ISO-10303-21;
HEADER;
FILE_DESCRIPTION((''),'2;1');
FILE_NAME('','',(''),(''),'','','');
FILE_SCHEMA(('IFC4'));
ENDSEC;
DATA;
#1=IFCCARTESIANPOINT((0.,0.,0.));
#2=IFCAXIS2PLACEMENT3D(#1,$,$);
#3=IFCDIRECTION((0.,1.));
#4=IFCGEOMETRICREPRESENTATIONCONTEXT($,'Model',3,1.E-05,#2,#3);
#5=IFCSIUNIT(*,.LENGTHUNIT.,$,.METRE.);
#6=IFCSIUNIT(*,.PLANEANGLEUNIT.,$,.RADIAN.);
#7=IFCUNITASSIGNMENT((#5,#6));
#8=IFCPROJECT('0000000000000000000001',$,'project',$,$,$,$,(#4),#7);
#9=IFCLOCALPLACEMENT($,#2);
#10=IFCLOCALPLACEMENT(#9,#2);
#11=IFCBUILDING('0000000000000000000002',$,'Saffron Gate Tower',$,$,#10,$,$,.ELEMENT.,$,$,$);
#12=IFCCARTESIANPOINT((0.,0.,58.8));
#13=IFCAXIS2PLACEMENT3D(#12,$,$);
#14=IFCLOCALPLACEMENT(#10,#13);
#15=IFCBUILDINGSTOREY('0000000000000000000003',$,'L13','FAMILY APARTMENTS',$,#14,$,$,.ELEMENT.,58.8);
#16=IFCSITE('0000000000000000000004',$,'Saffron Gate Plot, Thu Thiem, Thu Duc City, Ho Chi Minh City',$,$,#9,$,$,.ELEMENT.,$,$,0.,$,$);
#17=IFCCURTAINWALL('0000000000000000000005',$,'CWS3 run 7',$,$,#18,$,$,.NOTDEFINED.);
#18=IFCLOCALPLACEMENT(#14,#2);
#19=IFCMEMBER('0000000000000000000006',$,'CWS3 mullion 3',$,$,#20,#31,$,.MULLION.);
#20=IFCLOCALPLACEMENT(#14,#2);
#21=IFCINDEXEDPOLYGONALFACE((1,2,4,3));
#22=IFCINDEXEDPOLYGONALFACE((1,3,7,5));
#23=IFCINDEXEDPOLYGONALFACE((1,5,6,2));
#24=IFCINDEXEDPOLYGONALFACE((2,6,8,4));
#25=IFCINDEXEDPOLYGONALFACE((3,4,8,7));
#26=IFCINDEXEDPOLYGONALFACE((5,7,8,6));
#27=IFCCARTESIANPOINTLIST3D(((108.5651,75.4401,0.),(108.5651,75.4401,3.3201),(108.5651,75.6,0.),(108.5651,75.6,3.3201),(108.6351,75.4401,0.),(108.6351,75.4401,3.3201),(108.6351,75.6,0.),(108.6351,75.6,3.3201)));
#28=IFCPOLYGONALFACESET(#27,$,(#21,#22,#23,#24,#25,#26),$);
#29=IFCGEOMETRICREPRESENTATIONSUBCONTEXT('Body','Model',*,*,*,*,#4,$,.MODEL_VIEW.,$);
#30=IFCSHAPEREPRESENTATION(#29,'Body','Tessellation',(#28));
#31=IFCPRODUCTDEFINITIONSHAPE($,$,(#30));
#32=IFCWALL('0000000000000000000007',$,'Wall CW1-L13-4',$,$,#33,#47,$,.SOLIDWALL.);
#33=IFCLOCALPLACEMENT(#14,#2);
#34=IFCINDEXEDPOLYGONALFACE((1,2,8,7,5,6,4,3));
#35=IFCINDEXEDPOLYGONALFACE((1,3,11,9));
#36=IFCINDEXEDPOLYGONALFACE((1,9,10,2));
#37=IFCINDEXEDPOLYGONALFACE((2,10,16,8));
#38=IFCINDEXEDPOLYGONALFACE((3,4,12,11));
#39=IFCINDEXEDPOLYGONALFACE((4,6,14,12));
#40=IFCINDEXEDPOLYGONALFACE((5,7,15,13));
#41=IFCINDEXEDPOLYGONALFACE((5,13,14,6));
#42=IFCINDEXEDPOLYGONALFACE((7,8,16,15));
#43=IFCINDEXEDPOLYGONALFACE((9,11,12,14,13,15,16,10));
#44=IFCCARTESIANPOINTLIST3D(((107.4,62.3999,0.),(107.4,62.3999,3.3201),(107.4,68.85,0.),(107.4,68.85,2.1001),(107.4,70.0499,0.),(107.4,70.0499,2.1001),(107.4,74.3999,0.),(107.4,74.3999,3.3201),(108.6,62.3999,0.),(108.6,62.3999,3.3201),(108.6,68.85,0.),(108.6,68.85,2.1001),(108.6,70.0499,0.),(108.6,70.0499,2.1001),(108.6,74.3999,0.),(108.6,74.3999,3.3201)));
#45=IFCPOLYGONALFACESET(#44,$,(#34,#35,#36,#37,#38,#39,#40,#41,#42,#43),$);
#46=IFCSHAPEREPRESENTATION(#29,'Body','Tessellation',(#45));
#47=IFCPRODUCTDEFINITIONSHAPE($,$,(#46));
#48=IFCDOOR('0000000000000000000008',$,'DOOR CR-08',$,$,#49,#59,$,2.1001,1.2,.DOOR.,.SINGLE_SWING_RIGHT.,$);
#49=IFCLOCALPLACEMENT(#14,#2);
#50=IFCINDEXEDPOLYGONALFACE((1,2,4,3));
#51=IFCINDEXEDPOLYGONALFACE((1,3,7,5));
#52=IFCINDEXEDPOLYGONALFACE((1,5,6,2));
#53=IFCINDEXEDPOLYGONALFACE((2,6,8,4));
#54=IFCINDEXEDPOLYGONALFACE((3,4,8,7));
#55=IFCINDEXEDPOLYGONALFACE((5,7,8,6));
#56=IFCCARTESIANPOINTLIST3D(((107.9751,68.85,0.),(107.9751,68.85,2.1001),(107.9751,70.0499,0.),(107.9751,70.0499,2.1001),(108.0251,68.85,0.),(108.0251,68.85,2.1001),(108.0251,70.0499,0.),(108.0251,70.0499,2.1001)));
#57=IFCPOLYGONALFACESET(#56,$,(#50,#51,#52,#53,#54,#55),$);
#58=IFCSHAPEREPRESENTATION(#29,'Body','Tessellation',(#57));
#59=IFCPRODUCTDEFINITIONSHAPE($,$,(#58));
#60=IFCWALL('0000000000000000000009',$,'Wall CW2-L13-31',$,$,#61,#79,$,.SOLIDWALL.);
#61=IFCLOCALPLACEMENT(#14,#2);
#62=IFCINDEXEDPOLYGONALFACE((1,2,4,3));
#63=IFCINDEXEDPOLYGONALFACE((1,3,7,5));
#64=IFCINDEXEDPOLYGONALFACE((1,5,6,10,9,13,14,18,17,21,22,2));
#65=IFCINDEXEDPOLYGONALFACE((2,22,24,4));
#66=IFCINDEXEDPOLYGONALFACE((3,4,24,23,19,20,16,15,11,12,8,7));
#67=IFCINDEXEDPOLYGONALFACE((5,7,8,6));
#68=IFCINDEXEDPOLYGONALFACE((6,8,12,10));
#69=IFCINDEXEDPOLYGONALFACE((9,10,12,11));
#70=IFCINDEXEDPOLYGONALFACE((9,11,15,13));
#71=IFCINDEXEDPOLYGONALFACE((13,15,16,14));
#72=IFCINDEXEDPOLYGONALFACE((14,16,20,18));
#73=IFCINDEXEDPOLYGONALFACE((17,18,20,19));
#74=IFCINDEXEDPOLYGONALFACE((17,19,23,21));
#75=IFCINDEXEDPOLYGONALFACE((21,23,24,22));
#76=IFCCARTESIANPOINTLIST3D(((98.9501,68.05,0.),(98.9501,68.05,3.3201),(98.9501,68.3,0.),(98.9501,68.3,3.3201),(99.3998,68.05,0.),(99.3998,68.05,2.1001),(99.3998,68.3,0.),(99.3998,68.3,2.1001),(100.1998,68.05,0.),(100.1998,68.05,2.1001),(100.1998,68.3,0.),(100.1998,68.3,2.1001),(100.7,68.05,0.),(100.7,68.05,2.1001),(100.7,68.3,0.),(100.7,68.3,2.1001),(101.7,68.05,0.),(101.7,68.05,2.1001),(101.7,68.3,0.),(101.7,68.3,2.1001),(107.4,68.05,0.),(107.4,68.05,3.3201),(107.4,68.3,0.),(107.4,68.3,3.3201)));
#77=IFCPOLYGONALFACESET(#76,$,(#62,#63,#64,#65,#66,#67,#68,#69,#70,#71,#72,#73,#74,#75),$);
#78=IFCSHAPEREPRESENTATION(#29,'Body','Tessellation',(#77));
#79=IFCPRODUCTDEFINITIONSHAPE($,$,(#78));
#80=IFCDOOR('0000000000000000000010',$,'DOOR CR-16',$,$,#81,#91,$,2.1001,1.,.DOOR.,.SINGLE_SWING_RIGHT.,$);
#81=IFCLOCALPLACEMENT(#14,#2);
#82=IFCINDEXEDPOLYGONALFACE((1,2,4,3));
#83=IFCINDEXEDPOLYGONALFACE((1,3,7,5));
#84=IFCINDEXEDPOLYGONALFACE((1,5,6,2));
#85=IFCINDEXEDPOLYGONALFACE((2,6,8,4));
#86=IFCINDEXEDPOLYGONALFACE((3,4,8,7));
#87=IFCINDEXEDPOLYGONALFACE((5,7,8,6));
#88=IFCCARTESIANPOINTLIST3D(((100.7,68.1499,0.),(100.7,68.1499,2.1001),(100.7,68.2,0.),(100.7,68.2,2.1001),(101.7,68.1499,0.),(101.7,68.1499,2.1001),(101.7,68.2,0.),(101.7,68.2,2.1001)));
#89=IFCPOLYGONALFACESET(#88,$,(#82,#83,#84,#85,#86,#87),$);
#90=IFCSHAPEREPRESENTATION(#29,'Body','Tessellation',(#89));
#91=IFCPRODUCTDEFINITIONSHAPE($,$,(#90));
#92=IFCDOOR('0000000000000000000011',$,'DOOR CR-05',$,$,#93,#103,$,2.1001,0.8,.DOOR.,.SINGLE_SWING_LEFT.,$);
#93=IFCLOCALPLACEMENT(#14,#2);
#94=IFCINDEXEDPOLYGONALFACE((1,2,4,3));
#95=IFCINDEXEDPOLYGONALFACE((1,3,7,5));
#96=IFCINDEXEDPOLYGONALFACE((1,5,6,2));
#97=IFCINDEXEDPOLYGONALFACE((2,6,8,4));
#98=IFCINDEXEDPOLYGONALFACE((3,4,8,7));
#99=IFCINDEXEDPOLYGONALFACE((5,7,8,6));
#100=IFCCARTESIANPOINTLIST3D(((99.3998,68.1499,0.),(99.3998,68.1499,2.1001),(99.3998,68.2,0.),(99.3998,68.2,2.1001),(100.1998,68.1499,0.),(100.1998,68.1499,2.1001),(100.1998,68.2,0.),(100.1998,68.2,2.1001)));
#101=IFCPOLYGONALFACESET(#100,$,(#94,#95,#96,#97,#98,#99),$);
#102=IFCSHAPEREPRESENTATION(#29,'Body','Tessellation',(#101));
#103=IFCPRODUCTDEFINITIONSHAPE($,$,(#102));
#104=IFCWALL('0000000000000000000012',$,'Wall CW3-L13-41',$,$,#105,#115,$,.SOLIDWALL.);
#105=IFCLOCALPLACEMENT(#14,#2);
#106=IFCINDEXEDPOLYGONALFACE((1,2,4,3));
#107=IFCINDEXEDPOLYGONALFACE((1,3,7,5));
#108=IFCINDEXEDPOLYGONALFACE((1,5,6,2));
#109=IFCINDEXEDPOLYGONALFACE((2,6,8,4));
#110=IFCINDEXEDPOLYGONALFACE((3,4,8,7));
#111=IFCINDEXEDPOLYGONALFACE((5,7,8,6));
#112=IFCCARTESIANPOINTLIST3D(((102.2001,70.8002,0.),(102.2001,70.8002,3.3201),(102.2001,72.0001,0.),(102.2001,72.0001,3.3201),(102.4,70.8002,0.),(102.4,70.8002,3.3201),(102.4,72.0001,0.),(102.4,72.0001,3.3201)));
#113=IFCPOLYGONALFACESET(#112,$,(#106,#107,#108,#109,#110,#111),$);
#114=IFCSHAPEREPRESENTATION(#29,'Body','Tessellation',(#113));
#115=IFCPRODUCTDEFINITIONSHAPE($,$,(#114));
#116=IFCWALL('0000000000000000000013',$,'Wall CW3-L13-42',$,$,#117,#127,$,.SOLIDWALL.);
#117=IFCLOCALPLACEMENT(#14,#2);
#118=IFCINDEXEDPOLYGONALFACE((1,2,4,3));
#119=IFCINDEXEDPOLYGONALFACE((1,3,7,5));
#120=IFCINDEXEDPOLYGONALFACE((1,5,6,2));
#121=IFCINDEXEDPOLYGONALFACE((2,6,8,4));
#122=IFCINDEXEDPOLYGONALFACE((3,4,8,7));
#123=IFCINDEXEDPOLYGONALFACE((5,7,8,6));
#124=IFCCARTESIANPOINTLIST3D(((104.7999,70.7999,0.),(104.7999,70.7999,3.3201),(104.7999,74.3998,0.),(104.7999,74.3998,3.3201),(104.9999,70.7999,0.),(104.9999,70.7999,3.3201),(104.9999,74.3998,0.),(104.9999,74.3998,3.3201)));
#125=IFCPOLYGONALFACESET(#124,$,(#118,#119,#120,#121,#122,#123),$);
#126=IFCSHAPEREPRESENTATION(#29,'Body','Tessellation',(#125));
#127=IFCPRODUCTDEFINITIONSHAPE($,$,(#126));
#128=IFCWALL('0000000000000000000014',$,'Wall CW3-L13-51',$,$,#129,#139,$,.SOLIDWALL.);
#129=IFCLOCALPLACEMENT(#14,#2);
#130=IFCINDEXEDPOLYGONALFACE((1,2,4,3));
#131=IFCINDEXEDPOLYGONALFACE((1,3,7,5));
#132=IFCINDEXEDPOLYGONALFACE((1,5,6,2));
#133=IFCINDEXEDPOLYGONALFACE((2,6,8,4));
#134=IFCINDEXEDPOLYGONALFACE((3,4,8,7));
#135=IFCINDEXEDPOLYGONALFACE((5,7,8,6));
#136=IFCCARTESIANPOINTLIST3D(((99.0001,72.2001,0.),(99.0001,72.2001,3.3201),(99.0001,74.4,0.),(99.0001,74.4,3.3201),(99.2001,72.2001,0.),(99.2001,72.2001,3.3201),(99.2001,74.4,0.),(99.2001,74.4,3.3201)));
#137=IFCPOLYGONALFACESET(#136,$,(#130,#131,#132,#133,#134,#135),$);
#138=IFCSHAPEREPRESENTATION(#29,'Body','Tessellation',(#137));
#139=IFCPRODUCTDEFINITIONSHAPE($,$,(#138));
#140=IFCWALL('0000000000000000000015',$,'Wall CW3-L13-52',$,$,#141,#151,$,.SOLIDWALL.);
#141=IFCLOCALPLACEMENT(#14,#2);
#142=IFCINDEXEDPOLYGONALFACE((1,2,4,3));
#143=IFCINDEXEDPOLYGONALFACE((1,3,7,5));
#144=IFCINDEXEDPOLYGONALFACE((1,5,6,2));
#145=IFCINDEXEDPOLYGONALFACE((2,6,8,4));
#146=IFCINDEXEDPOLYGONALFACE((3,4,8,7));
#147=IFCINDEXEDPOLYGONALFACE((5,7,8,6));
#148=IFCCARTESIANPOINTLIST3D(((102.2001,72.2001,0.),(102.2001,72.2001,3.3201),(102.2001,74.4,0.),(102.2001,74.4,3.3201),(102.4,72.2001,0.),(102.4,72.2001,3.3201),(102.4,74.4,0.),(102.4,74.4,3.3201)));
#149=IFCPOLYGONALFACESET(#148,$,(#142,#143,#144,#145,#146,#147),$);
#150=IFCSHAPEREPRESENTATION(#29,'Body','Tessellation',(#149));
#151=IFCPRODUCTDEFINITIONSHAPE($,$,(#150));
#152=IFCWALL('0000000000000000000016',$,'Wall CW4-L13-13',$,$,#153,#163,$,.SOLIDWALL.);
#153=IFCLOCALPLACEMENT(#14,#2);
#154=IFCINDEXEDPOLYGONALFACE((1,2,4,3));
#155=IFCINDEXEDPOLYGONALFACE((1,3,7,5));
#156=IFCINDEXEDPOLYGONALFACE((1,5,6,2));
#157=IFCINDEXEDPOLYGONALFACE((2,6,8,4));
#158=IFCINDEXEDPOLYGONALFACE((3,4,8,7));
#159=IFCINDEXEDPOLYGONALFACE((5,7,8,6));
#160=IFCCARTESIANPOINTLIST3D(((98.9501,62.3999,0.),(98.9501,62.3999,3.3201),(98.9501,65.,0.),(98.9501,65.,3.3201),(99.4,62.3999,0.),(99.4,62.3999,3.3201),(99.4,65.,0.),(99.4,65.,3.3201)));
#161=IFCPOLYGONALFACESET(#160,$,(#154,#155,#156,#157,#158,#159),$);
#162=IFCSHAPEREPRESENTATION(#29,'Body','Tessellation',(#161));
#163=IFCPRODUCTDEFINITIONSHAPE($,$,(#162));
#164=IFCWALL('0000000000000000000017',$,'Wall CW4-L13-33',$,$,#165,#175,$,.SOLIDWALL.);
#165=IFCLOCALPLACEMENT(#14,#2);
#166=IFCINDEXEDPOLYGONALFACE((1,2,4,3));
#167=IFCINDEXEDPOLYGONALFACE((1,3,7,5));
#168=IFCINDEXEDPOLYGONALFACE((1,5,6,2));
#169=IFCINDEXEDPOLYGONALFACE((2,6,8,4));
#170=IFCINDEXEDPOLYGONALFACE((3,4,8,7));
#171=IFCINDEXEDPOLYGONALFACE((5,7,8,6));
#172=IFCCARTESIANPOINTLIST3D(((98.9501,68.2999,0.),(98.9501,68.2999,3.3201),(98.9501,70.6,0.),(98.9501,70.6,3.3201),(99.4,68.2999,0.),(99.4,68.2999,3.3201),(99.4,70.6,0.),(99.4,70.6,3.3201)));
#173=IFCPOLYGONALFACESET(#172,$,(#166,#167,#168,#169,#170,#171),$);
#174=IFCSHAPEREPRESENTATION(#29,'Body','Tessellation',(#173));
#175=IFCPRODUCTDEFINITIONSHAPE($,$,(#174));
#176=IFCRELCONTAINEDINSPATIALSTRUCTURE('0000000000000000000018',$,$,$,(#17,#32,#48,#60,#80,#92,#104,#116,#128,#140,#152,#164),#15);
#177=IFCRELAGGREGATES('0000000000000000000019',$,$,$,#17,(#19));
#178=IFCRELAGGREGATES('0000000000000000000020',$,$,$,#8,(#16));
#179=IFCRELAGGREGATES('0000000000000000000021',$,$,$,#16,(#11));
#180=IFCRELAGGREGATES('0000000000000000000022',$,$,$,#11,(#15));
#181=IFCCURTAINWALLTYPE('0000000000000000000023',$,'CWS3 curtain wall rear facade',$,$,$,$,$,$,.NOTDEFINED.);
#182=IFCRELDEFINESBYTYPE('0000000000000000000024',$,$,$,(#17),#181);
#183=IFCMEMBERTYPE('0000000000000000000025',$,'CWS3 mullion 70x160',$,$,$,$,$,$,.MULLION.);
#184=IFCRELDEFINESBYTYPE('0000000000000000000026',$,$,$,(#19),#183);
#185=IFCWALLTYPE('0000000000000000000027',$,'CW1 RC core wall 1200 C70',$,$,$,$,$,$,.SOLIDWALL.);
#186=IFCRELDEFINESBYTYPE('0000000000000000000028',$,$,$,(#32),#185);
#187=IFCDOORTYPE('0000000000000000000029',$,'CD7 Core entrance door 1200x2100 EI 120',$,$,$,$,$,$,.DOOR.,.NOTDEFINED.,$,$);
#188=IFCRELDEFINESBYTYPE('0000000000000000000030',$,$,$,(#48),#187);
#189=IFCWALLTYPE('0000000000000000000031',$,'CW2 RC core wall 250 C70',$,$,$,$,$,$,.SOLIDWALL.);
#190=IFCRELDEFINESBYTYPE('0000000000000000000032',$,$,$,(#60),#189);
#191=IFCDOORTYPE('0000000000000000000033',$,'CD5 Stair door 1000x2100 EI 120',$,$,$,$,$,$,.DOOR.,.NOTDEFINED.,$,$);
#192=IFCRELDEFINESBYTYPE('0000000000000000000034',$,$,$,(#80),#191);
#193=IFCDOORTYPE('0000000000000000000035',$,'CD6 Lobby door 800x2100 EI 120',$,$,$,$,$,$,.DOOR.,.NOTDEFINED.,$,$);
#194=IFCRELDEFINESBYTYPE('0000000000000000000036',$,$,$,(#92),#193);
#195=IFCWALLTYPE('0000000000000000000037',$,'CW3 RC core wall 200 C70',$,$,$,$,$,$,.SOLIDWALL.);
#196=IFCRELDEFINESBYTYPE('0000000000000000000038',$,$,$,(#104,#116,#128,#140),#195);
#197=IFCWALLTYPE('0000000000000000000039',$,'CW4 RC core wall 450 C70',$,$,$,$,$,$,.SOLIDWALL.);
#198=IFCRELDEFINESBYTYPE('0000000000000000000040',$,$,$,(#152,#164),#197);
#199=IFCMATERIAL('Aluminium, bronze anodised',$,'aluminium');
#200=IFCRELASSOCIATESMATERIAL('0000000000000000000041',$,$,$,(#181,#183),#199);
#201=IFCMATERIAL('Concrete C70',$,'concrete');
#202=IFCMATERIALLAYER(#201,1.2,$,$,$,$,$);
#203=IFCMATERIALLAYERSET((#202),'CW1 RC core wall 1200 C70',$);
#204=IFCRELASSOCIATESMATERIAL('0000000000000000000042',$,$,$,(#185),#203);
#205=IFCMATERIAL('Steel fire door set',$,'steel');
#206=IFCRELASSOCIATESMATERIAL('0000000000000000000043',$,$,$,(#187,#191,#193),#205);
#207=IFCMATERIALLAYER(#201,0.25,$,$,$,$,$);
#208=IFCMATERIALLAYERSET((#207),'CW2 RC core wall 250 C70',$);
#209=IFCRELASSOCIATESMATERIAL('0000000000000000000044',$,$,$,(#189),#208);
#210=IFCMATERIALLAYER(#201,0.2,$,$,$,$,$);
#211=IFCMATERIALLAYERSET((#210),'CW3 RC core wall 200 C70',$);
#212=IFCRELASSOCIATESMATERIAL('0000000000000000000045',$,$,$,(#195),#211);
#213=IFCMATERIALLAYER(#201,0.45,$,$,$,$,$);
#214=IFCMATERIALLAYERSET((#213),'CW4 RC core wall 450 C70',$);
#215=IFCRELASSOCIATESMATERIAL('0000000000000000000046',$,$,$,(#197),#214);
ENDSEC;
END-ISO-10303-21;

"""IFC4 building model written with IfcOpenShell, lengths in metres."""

from ifc_helpers import new_model, si_unit, direction, frame, frame_2d, origin, origin_2d, place, context, subcontext, project, spatial, rectangle, extrude, material, layer, layer_set, material_profile, profile_set, type_object, element, fill, aggregate, save


model = new_model("IFC4")

# Units and contexts
model_context = context("Model", 3, precision=1e-05, world=origin(), true_north=direction((0.0, 1.0)))
body_context = subcontext(model_context, "Body", "Model", "MODEL_VIEW")
ifc_project = project(units=[si_unit("LENGTHUNIT", "METRE"), si_unit("PLANEANGLEUNIT", "RADIAN")], contexts=[model_context])

# Site, building, storey
site_placement = place(None, origin())
site = spatial("IfcSite", under=ifc_project, at=site_placement, Name="Saffron Gate Plot, Thu Thiem, Thu Duc City, Ho Chi Minh City", CompositionType="ELEMENT", RefElevation=0.0)
building_placement = place(site_placement, origin())
building = spatial("IfcBuilding", under=site, at=building_placement, Name="Saffron Gate Tower", CompositionType="ELEMENT")
storey_placement = place(building_placement, frame((0.0, 0.0, 58.8)))
storey = spatial("IfcBuildingStorey", under=building, at=storey_placement, Name="L13", Description="FAMILY APARTMENTS", CompositionType="ELEMENT", Elevation=58.8)

# Curtain wall, member
ifc_material_1 = material(Name="Aluminium, bronze anodised", Category="aluminium")
curtain_wall_type = type_object("IfcCurtainWallType", Name="CWS3 curtain wall rear facade", PredefinedType="NOTDEFINED", material=ifc_material_1)
curtain_wall_placement = place(storey_placement, origin())
curtain_wall = element("IfcCurtainWall", 1, at=curtain_wall_placement, inside=storey, type_object=curtain_wall_type, Name="CWS3 run 7", PredefinedType="NOTDEFINED")
ifc_material_profile = material_profile(ifc_material_1, rectangle(XDim=0.1599, YDim=0.0701, at=origin_2d()))
ifc_profile_set = profile_set([ifc_material_profile], Name="Aluminium, bronze anodised")
member_type = type_object("IfcMemberType", Name="CWS3 mullion 70x160", PredefinedType="MULLION", material=ifc_profile_set)
member_placement = place(storey_placement, frame((108.6001, 75.52, 0.0), z_axis=(0.0, 0.0, 1.0), x_axis=(0.0, -1.0, 0.0)))
member = element("IfcMember", 2, at=member_placement, type_object=member_type, Name="CWS3 mullion 3", PredefinedType="MULLION", context=body_context, shape_type="SweptSolid", body=[
    extrude(rectangle(XDim=0.1599, YDim=0.0701, at=origin_2d()), origin(), (0.0, 0.0, 1.0), 3.3201),
])
aggregate(curtain_wall, [member])

# Wall, opening, door
ifc_material_2 = material(Name="Concrete C70", Category="concrete")
ifc_layer_1 = layer(ifc_material_2, 1.2)
ifc_layer_set_1 = layer_set([ifc_layer_1], Name="CW1 RC core wall 1200 C70")
wall_type_1 = type_object("IfcWallType", Name="CW1 RC core wall 1200 C70", PredefinedType="SOLIDWALL", material=ifc_layer_set_1)
wall_1_placement = place(storey_placement, frame((108.0, 62.3999, 0.0), z_axis=(0.0, 0.0, 1.0), x_axis=(0.0, 1.0, 0.0)))
wall_1 = element("IfcWall", 3, at=wall_1_placement, inside=storey, type_object=wall_type_1, Name="Wall CW1-L13-4", PredefinedType="SOLIDWALL", context=body_context, shape_type="SweptSolid", body=[
    extrude(rectangle(XDim=12.0, YDim=1.2, at=frame_2d((6.0, 0.0))), origin(), (0.0, 0.0, 1.0), 3.3201),
])
opening_1_placement = place(wall_1_placement, frame((6.45, 0.0, 0.0)))
opening_1 = element("IfcOpeningElement", 4, at=opening_1_placement, cuts=wall_1, PredefinedType="OPENING", context=body_context, shape_type="SweptSolid", body=[
    extrude(rectangle(XDim=1.2, YDim=2.1001, at=frame_2d((0.6001, 1.05))), frame((0.0, 0.6099, 0.0), z_axis=(0.0, -1.0, 0.0), x_axis=(1.0, 0.0, 0.0)), (0.0, 0.0, 1.0), 1.22),
])
ifc_material_3 = material(Name="Steel fire door set", Category="steel")
door_type_1 = type_object("IfcDoorType", Name="CD7 Core entrance door 1200x2100 EI 120", OperationType="NOTDEFINED", PredefinedType="DOOR", material=ifc_material_3)
door_1_placement = place(opening_1_placement, origin())
door_1 = element("IfcDoor", 5, at=door_1_placement, inside=storey, type_object=door_type_1, Name="DOOR CR-08", OperationType="SINGLE_SWING_RIGHT", OverallHeight=2.1001, OverallWidth=1.2, PredefinedType="DOOR", context=body_context, shape_type="SweptSolid", body=[
    extrude(rectangle(XDim=1.2, YDim=2.1001, at=frame_2d((0.6001, 1.05))), frame((0.0, 0.0249, 0.0), z_axis=(0.0, -1.0, 0.0), x_axis=(1.0, 0.0, 0.0)), (0.0, 0.0, 1.0), 0.05),
])
fill(opening_1, door_1)

# Wall, openings, doors
ifc_layer_2 = layer(ifc_material_2, 0.25)
ifc_layer_set_2 = layer_set([ifc_layer_2], Name="CW2 RC core wall 250 C70")
wall_type_2 = type_object("IfcWallType", Name="CW2 RC core wall 250 C70", PredefinedType="SOLIDWALL", material=ifc_layer_set_2)
wall_2_placement = place(storey_placement, frame((98.95, 68.175, 0.0), z_axis=(0.0, 0.0, 1.0), x_axis=(1.0, 0.0, 0.0)))
wall_2 = element("IfcWall", 6, at=wall_2_placement, inside=storey, type_object=wall_type_2, Name="Wall CW2-L13-31", PredefinedType="SOLIDWALL", context=body_context, shape_type="SweptSolid", body=[
    extrude(rectangle(XDim=8.45, YDim=0.25, at=frame_2d((4.2251, 0.0))), origin(), (0.0, 0.0, 1.0), 3.3201),
])
opening_2_placement = place(wall_2_placement, frame((0.45, 0.0, 0.0)))
opening_2 = element("IfcOpeningElement", 7, at=opening_2_placement, cuts=wall_2, PredefinedType="OPENING", context=body_context, shape_type="SweptSolid", body=[
    extrude(rectangle(XDim=0.8, YDim=2.1001, at=frame_2d((0.3999, 1.05))), frame((0.0, 0.135, 0.0), z_axis=(0.0, -1.0, 0.0), x_axis=(1.0, 0.0, 0.0)), (0.0, 0.0, 1.0), 0.27),
])
opening_3_placement = place(wall_2_placement, frame((1.75, 0.0, 0.0)))
opening_3 = element("IfcOpeningElement", 8, at=opening_3_placement, cuts=wall_2, PredefinedType="OPENING", context=body_context, shape_type="SweptSolid", body=[
    extrude(rectangle(XDim=1.0, YDim=2.1001, at=frame_2d((0.5, 1.05))), frame((0.0, 0.135, 0.0), z_axis=(0.0, -1.0, 0.0), x_axis=(1.0, 0.0, 0.0)), (0.0, 0.0, 1.0), 0.27),
])
door_type_2 = type_object("IfcDoorType", Name="CD5 Stair door 1000x2100 EI 120", OperationType="NOTDEFINED", PredefinedType="DOOR", material=ifc_material_3)
door_2_placement = place(opening_3_placement, origin())
door_2 = element("IfcDoor", 9, at=door_2_placement, inside=storey, type_object=door_type_2, Name="DOOR CR-16", OperationType="SINGLE_SWING_RIGHT", OverallHeight=2.1001, OverallWidth=1.0, PredefinedType="DOOR", context=body_context, shape_type="SweptSolid", body=[
    extrude(rectangle(XDim=1.0, YDim=2.1001, at=frame_2d((0.5, 1.05))), frame((0.0, 0.0249, 0.0), z_axis=(0.0, -1.0, 0.0), x_axis=(1.0, 0.0, 0.0)), (0.0, 0.0, 1.0), 0.05),
])
fill(opening_3, door_2)
door_type_3 = type_object("IfcDoorType", Name="CD6 Lobby door 800x2100 EI 120", OperationType="NOTDEFINED", PredefinedType="DOOR", material=ifc_material_3)
door_3_placement = place(opening_2_placement, origin())
door_3 = element("IfcDoor", 10, at=door_3_placement, inside=storey, type_object=door_type_3, Name="DOOR CR-05", OperationType="SINGLE_SWING_LEFT", OverallHeight=2.1001, OverallWidth=0.8, PredefinedType="DOOR", context=body_context, shape_type="SweptSolid", body=[
    extrude(rectangle(XDim=0.8, YDim=2.1001, at=frame_2d((0.3999, 1.05))), frame((0.0, 0.0249, 0.0), z_axis=(0.0, -1.0, 0.0), x_axis=(1.0, 0.0, 0.0)), (0.0, 0.0, 1.0), 0.05),
])
fill(opening_2, door_3)

# Walls
ifc_layer_3 = layer(ifc_material_2, 0.2)
ifc_layer_set_3 = layer_set([ifc_layer_3], Name="CW3 RC core wall 200 C70")
wall_type_3 = type_object("IfcWallType", Name="CW3 RC core wall 200 C70", PredefinedType="SOLIDWALL", material=ifc_layer_set_3)
wall_3_placement = place(storey_placement, frame((102.3, 70.8, 0.0), z_axis=(0.0, 0.0, 1.0), x_axis=(0.0, 1.0, 0.0)))
element("IfcWall", 11, at=wall_3_placement, inside=storey, type_object=wall_type_3, Name="Wall CW3-L13-41", PredefinedType="SOLIDWALL", context=body_context, shape_type="SweptSolid", body=[
    extrude(rectangle(XDim=1.2, YDim=0.2, at=frame_2d((0.6001, 0.0))), origin(), (0.0, 0.0, 1.0), 3.3201),
])
wall_4_placement = place(storey_placement, frame((104.8999, 70.8, 0.0), z_axis=(0.0, 0.0, 1.0), x_axis=(0.0, 1.0, 0.0)))
element("IfcWall", 12, at=wall_4_placement, inside=storey, type_object=wall_type_3, Name="Wall CW3-L13-42", PredefinedType="SOLIDWALL", context=body_context, shape_type="SweptSolid", body=[
    extrude(rectangle(XDim=3.5999, YDim=0.2, at=frame_2d((1.7998, 0.0))), origin(), (0.0, 0.0, 1.0), 3.3201),
])
for number, where, z_axis, x_axis, name in (
    (13, (99.1001, 72.2, 0.0), (0.0, 0.0, 1.0), (0.0, 1.0, 0.0), "Wall CW3-L13-51"),
    (14, (102.3, 72.2, 0.0), (0.0, 0.0, 1.0), (0.0, 1.0, 0.0), "Wall CW3-L13-52"),
):
    element("IfcWall", number, at=place(storey_placement, frame(where, z_axis=z_axis, x_axis=x_axis)), inside=storey, type_object=wall_type_3, Name=name, PredefinedType="SOLIDWALL", context=body_context, shape_type="SweptSolid", body=[
        extrude(rectangle(XDim=2.2, YDim=0.2, at=frame_2d((1.1001, 0.0))), origin(), (0.0, 0.0, 1.0), 3.3201),
    ])
ifc_layer_4 = layer(ifc_material_2, 0.45)
ifc_layer_set_4 = layer_set([ifc_layer_4], Name="CW4 RC core wall 450 C70")
wall_type_4 = type_object("IfcWallType", Name="CW4 RC core wall 450 C70", PredefinedType="SOLIDWALL", material=ifc_layer_set_4)
wall_5_placement = place(storey_placement, frame((99.175, 62.3999, 0.0), z_axis=(0.0, 0.0, 1.0), x_axis=(0.0, 1.0, 0.0)))
element("IfcWall", 15, at=wall_5_placement, inside=storey, type_object=wall_type_4, Name="Wall CW4-L13-13", PredefinedType="SOLIDWALL", context=body_context, shape_type="SweptSolid", body=[
    extrude(rectangle(XDim=2.6001, YDim=0.45, at=frame_2d((1.3, 0.0))), origin(), (0.0, 0.0, 1.0), 3.3201),
])
wall_6_placement = place(storey_placement, frame((99.175, 68.3, 0.0), z_axis=(0.0, 0.0, 1.0), x_axis=(0.0, 1.0, 0.0)))
element("IfcWall", 16, at=wall_6_placement, inside=storey, type_object=wall_type_4, Name="Wall CW4-L13-33", PredefinedType="SOLIDWALL", context=body_context, shape_type="SweptSolid", body=[
    extrude(rectangle(XDim=2.3, YDim=0.45, at=frame_2d((1.1499, 0.0))), origin(), (0.0, 0.0, 1.0), 3.3201),
])

save(model, "model.ifc")
